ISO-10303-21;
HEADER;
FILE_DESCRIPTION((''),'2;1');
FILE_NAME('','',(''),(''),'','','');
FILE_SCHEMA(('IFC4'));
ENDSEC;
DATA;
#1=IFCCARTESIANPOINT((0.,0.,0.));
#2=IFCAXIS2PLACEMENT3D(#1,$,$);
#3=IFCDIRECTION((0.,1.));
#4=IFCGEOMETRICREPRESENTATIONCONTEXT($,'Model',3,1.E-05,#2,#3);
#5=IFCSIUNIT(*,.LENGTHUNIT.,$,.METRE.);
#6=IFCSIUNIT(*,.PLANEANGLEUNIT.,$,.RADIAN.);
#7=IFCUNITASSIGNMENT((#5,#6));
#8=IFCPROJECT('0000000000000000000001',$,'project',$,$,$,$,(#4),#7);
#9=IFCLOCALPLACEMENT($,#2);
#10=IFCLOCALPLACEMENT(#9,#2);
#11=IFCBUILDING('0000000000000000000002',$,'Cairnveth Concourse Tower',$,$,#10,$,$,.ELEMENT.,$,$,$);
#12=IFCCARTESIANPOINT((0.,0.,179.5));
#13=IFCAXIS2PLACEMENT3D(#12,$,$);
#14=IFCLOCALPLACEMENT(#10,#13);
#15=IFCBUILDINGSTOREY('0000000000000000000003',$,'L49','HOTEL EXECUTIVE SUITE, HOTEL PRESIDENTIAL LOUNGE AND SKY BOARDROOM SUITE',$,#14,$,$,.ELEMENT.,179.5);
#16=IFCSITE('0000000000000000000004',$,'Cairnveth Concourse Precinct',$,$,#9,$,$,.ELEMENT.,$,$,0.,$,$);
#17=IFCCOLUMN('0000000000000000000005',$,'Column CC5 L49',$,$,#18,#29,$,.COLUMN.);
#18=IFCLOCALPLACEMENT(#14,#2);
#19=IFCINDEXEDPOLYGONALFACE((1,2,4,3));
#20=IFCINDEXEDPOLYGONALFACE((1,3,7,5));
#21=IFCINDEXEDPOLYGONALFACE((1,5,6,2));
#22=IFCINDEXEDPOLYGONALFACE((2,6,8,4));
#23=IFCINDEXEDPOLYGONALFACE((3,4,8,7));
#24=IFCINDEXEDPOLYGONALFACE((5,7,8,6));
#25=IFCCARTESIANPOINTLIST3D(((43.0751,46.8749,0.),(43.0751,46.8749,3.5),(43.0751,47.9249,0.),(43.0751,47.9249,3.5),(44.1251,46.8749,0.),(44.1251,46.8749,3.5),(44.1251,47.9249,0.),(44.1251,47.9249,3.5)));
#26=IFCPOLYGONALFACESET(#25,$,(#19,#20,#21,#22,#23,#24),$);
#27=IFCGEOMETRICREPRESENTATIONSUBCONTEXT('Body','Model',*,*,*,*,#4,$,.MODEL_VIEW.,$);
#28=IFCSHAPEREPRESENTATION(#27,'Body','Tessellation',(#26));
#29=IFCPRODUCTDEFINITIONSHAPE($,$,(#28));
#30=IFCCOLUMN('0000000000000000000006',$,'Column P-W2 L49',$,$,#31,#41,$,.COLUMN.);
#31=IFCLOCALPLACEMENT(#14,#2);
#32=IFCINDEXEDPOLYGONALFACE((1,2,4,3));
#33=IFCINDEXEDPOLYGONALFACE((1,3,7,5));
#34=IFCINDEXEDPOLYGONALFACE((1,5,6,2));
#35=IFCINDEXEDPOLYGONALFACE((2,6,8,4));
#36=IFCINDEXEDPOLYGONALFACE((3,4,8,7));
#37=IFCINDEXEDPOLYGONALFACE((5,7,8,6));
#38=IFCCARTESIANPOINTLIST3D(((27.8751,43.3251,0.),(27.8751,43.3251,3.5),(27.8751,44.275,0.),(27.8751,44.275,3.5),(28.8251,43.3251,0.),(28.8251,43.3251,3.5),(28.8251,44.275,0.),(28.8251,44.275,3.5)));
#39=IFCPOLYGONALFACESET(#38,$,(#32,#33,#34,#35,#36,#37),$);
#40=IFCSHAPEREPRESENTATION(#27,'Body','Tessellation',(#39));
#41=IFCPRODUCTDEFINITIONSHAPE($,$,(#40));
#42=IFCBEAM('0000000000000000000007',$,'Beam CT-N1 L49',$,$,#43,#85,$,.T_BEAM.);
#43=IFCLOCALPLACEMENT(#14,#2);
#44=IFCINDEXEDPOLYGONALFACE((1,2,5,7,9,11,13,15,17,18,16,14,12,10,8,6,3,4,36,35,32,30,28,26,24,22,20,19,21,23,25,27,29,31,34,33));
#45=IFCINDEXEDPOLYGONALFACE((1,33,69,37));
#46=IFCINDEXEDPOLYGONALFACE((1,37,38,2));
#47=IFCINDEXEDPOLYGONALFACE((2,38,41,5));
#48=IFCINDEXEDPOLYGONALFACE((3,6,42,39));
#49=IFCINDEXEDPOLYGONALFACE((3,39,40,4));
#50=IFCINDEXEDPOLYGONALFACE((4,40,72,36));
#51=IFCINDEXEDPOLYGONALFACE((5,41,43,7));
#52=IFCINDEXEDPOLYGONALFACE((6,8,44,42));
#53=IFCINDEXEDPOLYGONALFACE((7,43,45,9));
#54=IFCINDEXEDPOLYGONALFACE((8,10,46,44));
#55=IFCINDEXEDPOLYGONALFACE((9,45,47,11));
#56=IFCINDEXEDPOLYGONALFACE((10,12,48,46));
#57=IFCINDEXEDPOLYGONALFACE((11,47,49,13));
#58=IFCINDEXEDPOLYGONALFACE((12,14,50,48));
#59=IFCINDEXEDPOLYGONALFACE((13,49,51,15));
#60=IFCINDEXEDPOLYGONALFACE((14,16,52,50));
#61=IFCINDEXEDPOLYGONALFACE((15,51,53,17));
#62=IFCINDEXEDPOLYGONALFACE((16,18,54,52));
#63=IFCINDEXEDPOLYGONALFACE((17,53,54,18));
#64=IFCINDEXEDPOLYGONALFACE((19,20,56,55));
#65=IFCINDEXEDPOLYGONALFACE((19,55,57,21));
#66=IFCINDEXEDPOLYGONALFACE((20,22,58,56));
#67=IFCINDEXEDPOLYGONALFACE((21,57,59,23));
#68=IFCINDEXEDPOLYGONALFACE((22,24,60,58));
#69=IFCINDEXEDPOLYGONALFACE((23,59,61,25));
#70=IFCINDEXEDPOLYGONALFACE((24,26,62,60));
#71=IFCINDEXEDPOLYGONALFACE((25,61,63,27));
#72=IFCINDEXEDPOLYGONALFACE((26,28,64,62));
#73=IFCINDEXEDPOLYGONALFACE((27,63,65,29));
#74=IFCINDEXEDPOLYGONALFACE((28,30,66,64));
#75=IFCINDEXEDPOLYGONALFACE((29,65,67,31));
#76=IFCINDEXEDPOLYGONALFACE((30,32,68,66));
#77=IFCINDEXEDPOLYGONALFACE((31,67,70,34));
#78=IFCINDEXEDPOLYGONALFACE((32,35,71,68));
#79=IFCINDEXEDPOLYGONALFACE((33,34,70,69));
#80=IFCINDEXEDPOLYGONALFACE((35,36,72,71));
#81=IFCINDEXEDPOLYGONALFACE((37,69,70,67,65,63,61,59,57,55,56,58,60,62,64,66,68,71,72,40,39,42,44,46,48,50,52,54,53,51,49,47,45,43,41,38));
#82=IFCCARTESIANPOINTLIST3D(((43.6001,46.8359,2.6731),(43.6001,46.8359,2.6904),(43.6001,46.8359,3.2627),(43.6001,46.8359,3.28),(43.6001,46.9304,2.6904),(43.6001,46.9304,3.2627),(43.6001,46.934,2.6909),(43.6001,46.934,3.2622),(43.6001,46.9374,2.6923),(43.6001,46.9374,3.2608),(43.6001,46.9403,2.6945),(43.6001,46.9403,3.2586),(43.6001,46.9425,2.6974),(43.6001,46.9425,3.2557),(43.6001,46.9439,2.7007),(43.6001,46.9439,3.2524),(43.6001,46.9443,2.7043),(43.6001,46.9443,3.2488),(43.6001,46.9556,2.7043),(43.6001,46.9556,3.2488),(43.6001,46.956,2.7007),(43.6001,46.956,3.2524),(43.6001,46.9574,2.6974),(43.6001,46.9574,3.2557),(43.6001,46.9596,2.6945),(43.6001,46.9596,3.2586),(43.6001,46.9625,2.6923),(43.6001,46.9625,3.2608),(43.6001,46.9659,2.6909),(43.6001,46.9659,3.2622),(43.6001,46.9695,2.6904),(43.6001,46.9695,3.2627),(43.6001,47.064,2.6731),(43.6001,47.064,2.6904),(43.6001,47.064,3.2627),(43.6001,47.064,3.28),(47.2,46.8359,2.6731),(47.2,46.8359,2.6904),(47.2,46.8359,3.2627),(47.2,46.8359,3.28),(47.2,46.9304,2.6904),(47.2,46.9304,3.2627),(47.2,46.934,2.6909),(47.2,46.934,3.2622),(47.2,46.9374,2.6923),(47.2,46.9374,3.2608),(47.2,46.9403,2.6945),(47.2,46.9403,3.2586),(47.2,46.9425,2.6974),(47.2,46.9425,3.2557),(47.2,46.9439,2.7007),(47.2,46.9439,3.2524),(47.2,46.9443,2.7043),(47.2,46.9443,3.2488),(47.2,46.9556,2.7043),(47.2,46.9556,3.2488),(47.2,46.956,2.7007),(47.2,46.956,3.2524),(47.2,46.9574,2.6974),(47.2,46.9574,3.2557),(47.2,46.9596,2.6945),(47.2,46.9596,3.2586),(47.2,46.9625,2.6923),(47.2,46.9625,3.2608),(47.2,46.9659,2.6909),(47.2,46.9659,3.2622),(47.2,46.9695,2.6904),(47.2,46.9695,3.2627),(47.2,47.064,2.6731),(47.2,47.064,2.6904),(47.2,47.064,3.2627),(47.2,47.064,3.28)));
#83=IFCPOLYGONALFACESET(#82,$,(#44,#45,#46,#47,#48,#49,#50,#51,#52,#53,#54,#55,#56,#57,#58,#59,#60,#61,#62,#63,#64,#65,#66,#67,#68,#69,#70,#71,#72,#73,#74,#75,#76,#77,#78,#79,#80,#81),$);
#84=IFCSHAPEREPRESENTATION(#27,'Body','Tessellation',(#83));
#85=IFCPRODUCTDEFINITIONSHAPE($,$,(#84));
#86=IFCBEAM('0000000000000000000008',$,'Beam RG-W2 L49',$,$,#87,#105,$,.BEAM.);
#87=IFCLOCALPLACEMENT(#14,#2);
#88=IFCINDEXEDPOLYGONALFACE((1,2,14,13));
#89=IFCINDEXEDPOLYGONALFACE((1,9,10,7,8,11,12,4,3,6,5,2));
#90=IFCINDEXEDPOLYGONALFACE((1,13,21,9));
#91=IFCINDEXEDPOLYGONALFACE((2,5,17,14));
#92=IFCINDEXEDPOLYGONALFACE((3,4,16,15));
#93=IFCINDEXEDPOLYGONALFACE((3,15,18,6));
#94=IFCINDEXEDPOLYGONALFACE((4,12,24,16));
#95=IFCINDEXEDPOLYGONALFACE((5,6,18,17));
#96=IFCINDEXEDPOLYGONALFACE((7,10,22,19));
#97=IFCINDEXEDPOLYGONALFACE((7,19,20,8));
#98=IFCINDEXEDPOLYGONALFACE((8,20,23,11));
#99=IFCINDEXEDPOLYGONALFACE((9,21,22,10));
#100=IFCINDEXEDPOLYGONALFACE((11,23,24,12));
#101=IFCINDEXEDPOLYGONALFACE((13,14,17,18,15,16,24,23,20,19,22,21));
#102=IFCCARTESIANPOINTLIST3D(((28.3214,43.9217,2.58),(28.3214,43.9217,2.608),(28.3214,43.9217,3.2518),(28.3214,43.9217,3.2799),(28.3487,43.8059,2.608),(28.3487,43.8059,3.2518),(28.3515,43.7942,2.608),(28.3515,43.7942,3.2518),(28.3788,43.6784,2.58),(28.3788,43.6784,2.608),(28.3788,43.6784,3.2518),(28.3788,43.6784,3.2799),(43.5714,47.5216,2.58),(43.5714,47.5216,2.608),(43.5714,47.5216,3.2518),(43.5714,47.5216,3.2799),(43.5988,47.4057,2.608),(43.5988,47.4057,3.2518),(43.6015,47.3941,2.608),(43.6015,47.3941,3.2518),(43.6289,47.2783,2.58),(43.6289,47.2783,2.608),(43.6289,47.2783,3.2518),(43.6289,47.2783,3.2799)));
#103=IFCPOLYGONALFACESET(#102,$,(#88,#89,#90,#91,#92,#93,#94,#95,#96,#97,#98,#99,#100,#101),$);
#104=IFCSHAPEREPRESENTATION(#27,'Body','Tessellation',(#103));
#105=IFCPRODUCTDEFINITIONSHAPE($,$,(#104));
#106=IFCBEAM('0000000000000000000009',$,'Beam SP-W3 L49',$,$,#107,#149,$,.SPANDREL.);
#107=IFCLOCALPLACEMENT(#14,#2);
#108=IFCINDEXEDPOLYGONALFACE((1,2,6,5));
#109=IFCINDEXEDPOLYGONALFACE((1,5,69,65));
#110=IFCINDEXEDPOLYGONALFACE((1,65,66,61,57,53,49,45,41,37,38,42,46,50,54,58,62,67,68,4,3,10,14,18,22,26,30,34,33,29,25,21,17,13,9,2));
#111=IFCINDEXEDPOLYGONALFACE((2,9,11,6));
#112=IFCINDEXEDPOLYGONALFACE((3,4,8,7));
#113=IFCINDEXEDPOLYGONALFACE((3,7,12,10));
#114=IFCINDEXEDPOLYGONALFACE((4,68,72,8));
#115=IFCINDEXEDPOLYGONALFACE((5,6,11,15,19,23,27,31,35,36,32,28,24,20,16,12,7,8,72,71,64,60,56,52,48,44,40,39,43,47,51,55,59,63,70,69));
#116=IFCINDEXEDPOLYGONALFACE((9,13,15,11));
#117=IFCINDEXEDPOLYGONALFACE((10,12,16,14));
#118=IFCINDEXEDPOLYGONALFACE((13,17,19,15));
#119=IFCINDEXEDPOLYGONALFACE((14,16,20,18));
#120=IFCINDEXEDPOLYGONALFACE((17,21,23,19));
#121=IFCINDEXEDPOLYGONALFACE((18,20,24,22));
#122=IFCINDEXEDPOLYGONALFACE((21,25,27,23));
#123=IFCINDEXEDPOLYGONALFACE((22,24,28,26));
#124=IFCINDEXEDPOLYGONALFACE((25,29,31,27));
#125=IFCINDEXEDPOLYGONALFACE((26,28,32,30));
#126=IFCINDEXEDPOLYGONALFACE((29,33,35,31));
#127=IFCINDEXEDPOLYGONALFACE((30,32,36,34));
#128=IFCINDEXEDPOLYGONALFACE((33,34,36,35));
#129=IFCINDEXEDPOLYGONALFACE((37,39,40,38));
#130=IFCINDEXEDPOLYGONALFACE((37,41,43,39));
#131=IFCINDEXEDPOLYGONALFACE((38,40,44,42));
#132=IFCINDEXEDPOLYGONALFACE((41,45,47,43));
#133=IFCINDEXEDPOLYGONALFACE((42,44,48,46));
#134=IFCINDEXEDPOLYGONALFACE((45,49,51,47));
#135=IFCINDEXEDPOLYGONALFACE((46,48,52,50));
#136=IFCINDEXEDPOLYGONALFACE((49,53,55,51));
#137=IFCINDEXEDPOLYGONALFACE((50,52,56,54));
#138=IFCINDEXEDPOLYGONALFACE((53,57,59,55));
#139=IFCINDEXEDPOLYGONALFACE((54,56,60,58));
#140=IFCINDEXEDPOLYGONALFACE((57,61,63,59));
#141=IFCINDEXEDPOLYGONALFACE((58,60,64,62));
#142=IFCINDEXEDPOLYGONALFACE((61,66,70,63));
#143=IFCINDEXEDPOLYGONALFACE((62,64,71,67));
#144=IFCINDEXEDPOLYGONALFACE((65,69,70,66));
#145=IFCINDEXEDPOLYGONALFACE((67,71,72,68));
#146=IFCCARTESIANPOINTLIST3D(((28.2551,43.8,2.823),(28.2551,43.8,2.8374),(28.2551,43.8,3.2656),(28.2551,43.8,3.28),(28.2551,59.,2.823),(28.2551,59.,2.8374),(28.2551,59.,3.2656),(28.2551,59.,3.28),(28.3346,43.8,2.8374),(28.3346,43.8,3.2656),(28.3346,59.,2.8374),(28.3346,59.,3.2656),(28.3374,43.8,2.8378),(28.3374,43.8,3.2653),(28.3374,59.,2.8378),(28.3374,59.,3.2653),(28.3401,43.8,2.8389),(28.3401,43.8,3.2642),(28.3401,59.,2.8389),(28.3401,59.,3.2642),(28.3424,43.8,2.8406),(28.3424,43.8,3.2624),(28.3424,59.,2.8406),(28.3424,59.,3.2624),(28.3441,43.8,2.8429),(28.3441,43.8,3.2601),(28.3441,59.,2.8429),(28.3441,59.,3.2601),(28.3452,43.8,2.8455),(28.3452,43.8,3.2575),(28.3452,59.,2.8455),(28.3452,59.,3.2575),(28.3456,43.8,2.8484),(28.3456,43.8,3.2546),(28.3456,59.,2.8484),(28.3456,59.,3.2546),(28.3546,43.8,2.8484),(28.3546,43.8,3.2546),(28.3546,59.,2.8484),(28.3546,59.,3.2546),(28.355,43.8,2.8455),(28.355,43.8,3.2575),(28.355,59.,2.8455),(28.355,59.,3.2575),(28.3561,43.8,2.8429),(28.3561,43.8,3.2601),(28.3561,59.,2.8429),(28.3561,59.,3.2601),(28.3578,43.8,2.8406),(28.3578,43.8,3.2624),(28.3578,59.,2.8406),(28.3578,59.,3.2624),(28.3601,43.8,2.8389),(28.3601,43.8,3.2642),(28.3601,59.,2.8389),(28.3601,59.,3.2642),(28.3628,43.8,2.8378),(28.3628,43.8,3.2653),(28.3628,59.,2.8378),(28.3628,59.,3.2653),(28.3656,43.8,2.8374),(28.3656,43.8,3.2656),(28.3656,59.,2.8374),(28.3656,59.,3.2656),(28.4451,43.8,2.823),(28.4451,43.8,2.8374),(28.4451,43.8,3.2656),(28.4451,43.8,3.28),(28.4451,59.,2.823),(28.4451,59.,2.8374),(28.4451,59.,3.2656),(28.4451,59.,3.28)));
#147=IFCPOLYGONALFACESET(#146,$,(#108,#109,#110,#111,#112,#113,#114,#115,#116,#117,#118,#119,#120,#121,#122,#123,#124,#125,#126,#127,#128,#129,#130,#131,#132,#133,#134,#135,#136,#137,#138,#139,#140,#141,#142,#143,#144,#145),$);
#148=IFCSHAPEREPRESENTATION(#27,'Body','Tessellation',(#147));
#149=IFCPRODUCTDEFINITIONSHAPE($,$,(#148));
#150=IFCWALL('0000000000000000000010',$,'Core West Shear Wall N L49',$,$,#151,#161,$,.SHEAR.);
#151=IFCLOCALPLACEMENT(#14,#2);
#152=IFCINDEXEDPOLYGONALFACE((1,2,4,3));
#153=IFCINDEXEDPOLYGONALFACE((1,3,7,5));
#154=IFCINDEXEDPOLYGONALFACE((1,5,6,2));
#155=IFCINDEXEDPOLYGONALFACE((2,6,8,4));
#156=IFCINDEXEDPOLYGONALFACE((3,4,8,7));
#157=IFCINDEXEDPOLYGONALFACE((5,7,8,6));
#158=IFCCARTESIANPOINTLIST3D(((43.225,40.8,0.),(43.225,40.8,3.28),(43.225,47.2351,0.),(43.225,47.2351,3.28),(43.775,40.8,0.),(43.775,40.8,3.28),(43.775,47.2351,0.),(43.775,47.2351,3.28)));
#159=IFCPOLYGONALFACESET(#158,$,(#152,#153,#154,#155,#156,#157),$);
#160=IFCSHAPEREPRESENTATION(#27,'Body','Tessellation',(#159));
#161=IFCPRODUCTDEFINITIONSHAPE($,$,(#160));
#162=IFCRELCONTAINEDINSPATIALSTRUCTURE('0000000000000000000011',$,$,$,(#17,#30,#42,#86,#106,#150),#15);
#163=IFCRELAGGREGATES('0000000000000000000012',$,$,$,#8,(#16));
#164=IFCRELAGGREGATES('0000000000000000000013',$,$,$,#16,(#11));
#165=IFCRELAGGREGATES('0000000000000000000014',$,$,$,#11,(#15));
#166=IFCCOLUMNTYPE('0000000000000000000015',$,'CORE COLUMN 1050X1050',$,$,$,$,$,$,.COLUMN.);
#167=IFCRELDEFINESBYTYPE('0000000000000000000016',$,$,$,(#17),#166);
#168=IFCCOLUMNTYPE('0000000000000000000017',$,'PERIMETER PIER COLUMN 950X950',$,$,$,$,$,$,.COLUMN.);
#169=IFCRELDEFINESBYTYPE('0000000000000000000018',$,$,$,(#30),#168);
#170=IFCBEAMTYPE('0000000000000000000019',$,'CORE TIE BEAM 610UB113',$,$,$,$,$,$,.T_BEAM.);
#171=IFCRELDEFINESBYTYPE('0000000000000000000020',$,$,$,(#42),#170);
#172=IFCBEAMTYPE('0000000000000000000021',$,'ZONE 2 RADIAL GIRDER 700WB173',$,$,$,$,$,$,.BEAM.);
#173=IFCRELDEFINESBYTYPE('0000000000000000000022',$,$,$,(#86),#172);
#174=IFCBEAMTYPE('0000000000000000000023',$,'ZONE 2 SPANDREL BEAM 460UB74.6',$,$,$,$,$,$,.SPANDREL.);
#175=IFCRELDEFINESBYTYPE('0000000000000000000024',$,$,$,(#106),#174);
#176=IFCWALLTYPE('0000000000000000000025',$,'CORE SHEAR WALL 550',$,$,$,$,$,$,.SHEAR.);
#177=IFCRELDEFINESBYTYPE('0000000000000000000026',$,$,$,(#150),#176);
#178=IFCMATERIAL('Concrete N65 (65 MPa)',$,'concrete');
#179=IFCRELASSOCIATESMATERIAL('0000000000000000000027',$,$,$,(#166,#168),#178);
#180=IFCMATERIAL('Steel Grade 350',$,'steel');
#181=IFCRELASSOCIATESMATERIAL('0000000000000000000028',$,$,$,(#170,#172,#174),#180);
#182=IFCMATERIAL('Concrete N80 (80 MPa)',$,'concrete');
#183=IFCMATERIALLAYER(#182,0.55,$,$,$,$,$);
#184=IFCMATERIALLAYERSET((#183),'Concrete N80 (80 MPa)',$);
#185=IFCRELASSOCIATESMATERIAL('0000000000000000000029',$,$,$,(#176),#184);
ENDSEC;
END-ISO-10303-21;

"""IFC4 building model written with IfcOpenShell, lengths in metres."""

from ifc_helpers import new_model, si_unit, direction, frame, frame_2d, origin, origin_2d, place, context, subcontext, project, spatial, rectangle, i_section, extrude, material, layer, layer_set, material_profile, profile_set, type_object, element, save


model = new_model("IFC4")

# Units and contexts
model_context = context("Model", 3, precision=1e-05, world=origin(), true_north=direction((0.0, 1.0)))
body_context = subcontext(model_context, "Body", "Model", "MODEL_VIEW")
ifc_project = project(units=[si_unit("LENGTHUNIT", "METRE"), si_unit("PLANEANGLEUNIT", "RADIAN")], contexts=[model_context])

# Site, building, storey
site_placement = place(None, origin())
site = spatial("IfcSite", under=ifc_project, at=site_placement, Name="Cairnveth Concourse Precinct", CompositionType="ELEMENT", RefElevation=0.0)
building_placement = place(site_placement, origin())
building = spatial("IfcBuilding", under=site, at=building_placement, Name="Cairnveth Concourse Tower", CompositionType="ELEMENT")
storey_placement = place(building_placement, frame((0.0, 0.0, 179.5)))
storey = spatial("IfcBuildingStorey", under=building, at=storey_placement, Name="L49", Description="HOTEL EXECUTIVE SUITE, HOTEL PRESIDENTIAL LOUNGE AND SKY BOARDROOM SUITE", CompositionType="ELEMENT", Elevation=179.5)

# Columns
ifc_material_1 = material(Name="Concrete N65 (65 MPa)", Category="concrete")
ifc_material_profile_1 = material_profile(ifc_material_1, rectangle(XDim=1.05, YDim=1.05, at=origin_2d()), Name="RC-COL-1050x1050")
ifc_profile_set_1 = profile_set([ifc_material_profile_1], Name="Concrete N65 (65 MPa)")
column_type_1 = type_object("IfcColumnType", Name="CORE COLUMN 1050X1050", PredefinedType="COLUMN", material=ifc_profile_set_1)
column_1_placement = place(storey_placement, frame((43.6001, 47.3999, 0.0), z_axis=(0.0, 0.0, 1.0), x_axis=(1.0, 0.0, 0.0)))
element("IfcColumn", 1, at=column_1_placement, inside=storey, type_object=column_type_1, Name="Column CC5 L49", PredefinedType="COLUMN", context=body_context, shape_type="SweptSolid", body=[
    extrude(rectangle(XDim=1.05, YDim=1.05, at=origin_2d()), origin(), (0.0, 0.0, 1.0), 3.5),
])
ifc_material_profile_2 = material_profile(ifc_material_1, rectangle(XDim=0.95, YDim=0.95, at=origin_2d()), Name="RC-COL-950x950")
ifc_profile_set_2 = profile_set([ifc_material_profile_2], Name="Concrete N65 (65 MPa)")
column_type_2 = type_object("IfcColumnType", Name="PERIMETER PIER COLUMN 950X950", PredefinedType="COLUMN", material=ifc_profile_set_2)
column_2_placement = place(storey_placement, frame((28.3501, 43.8, 0.0), z_axis=(0.0, 0.0, 1.0), x_axis=(0.0, 1.0, 0.0)))
element("IfcColumn", 2, at=column_2_placement, inside=storey, type_object=column_type_2, Name="Column P-W2 L49", PredefinedType="COLUMN", context=body_context, shape_type="SweptSolid", body=[
    extrude(rectangle(XDim=0.95, YDim=0.95, at=origin_2d()), origin(), (0.0, 0.0, 1.0), 3.5),
])

# Beams
ifc_material_2 = material(Name="Steel Grade 350", Category="steel")
ifc_material_profile_3 = material_profile(ifc_material_2, i_section(OverallWidth=0.228, OverallDepth=0.6069, WebThickness=0.0112, FlangeThickness=0.0173, FilletRadius=0.0139, at=origin_2d()), Name="610UB113")
ifc_profile_set_3 = profile_set([ifc_material_profile_3], Name="Steel Grade 350")
beam_type_1 = type_object("IfcBeamType", Name="CORE TIE BEAM 610UB113", PredefinedType="T_BEAM", material=ifc_profile_set_3)
beam_1_placement = place(storey_placement, frame((43.6001, 46.95, 2.9766), z_axis=(1.0, 0.0, 0.0), x_axis=(0.0, 1.0, 0.0)))
element("IfcBeam", 3, at=beam_1_placement, inside=storey, type_object=beam_type_1, Name="Beam CT-N1 L49", PredefinedType="T_BEAM", context=body_context, shape_type="SweptSolid", body=[
    extrude(i_section(OverallWidth=0.228, OverallDepth=0.6069, WebThickness=0.0112, FlangeThickness=0.0173, FilletRadius=0.0139, at=origin_2d()), origin(), (0.0, 0.0, 1.0), 3.5999),
])
ifc_material_profile_4 = material_profile(ifc_material_2, i_section(OverallWidth=0.25, OverallDepth=0.7, WebThickness=0.012, FlangeThickness=0.0281, at=origin_2d()), Name="700WB173")
ifc_profile_set_4 = profile_set([ifc_material_profile_4], Name="Steel Grade 350")
beam_type_2 = type_object("IfcBeamType", Name="ZONE 2 RADIAL GIRDER 700WB173", PredefinedType="BEAM", material=ifc_profile_set_4)
beam_2_placement = place(storey_placement, frame((28.3501, 43.8, 2.9299), z_axis=(0.973252, 0.229742, 0.0), x_axis=(-0.229742, 0.973252, 0.0)))
element("IfcBeam", 4, at=beam_2_placement, inside=storey, type_object=beam_type_2, Name="Beam RG-W2 L49", PredefinedType="BEAM", context=body_context, shape_type="SweptSolid", body=[
    extrude(i_section(OverallWidth=0.25, OverallDepth=0.7, WebThickness=0.012, FlangeThickness=0.0281, at=origin_2d()), origin(), (0.0, 0.0, 1.0), 15.6692),
])
ifc_material_profile_5 = material_profile(ifc_material_2, i_section(OverallWidth=0.1899, OverallDepth=0.457, WebThickness=0.009, FlangeThickness=0.0144, FilletRadius=0.011, at=origin_2d()), Name="460UB74.6")
ifc_profile_set_5 = profile_set([ifc_material_profile_5], Name="Steel Grade 350")
beam_type_3 = type_object("IfcBeamType", Name="ZONE 2 SPANDREL BEAM 460UB74.6", PredefinedType="SPANDREL", material=ifc_profile_set_5)
beam_3_placement = place(storey_placement, frame((28.3501, 43.8, 3.0515), z_axis=(0.0, 1.0, 0.0), x_axis=(-1.0, 0.0, 0.0)))
element("IfcBeam", 5, at=beam_3_placement, inside=storey, type_object=beam_type_3, Name="Beam SP-W3 L49", PredefinedType="SPANDREL", context=body_context, shape_type="SweptSolid", body=[
    extrude(i_section(OverallWidth=0.1899, OverallDepth=0.457, WebThickness=0.009, FlangeThickness=0.0144, FilletRadius=0.011, at=origin_2d()), origin(), (0.0, 0.0, 1.0), 15.2),
])

# Wall
ifc_material_3 = material(Name="Concrete N80 (80 MPa)", Category="concrete")
ifc_layer_1 = layer(ifc_material_3, 0.55)
ifc_layer_set_1 = layer_set([ifc_layer_1], Name="Concrete N80 (80 MPa)")
wall_type_1 = type_object("IfcWallType", Name="CORE SHEAR WALL 550", PredefinedType="SHEAR", material=ifc_layer_set_1)
wall_1_placement = place(storey_placement, frame((43.5, 40.8, 0.0), z_axis=(0.0, 0.0, 1.0), x_axis=(0.0, 1.0, 0.0)))
element("IfcWall", 6, at=wall_1_placement, inside=storey, type_object=wall_type_1, Name="Core West Shear Wall N L49", PredefinedType="SHEAR", context=body_context, shape_type="SweptSolid", body=[
    extrude(rectangle(XDim=6.4351, YDim=0.55, at=frame_2d((3.2175, 0.0))), origin(), (0.0, 0.0, 1.0), 3.28),
])

save(model, "model.ifc")
